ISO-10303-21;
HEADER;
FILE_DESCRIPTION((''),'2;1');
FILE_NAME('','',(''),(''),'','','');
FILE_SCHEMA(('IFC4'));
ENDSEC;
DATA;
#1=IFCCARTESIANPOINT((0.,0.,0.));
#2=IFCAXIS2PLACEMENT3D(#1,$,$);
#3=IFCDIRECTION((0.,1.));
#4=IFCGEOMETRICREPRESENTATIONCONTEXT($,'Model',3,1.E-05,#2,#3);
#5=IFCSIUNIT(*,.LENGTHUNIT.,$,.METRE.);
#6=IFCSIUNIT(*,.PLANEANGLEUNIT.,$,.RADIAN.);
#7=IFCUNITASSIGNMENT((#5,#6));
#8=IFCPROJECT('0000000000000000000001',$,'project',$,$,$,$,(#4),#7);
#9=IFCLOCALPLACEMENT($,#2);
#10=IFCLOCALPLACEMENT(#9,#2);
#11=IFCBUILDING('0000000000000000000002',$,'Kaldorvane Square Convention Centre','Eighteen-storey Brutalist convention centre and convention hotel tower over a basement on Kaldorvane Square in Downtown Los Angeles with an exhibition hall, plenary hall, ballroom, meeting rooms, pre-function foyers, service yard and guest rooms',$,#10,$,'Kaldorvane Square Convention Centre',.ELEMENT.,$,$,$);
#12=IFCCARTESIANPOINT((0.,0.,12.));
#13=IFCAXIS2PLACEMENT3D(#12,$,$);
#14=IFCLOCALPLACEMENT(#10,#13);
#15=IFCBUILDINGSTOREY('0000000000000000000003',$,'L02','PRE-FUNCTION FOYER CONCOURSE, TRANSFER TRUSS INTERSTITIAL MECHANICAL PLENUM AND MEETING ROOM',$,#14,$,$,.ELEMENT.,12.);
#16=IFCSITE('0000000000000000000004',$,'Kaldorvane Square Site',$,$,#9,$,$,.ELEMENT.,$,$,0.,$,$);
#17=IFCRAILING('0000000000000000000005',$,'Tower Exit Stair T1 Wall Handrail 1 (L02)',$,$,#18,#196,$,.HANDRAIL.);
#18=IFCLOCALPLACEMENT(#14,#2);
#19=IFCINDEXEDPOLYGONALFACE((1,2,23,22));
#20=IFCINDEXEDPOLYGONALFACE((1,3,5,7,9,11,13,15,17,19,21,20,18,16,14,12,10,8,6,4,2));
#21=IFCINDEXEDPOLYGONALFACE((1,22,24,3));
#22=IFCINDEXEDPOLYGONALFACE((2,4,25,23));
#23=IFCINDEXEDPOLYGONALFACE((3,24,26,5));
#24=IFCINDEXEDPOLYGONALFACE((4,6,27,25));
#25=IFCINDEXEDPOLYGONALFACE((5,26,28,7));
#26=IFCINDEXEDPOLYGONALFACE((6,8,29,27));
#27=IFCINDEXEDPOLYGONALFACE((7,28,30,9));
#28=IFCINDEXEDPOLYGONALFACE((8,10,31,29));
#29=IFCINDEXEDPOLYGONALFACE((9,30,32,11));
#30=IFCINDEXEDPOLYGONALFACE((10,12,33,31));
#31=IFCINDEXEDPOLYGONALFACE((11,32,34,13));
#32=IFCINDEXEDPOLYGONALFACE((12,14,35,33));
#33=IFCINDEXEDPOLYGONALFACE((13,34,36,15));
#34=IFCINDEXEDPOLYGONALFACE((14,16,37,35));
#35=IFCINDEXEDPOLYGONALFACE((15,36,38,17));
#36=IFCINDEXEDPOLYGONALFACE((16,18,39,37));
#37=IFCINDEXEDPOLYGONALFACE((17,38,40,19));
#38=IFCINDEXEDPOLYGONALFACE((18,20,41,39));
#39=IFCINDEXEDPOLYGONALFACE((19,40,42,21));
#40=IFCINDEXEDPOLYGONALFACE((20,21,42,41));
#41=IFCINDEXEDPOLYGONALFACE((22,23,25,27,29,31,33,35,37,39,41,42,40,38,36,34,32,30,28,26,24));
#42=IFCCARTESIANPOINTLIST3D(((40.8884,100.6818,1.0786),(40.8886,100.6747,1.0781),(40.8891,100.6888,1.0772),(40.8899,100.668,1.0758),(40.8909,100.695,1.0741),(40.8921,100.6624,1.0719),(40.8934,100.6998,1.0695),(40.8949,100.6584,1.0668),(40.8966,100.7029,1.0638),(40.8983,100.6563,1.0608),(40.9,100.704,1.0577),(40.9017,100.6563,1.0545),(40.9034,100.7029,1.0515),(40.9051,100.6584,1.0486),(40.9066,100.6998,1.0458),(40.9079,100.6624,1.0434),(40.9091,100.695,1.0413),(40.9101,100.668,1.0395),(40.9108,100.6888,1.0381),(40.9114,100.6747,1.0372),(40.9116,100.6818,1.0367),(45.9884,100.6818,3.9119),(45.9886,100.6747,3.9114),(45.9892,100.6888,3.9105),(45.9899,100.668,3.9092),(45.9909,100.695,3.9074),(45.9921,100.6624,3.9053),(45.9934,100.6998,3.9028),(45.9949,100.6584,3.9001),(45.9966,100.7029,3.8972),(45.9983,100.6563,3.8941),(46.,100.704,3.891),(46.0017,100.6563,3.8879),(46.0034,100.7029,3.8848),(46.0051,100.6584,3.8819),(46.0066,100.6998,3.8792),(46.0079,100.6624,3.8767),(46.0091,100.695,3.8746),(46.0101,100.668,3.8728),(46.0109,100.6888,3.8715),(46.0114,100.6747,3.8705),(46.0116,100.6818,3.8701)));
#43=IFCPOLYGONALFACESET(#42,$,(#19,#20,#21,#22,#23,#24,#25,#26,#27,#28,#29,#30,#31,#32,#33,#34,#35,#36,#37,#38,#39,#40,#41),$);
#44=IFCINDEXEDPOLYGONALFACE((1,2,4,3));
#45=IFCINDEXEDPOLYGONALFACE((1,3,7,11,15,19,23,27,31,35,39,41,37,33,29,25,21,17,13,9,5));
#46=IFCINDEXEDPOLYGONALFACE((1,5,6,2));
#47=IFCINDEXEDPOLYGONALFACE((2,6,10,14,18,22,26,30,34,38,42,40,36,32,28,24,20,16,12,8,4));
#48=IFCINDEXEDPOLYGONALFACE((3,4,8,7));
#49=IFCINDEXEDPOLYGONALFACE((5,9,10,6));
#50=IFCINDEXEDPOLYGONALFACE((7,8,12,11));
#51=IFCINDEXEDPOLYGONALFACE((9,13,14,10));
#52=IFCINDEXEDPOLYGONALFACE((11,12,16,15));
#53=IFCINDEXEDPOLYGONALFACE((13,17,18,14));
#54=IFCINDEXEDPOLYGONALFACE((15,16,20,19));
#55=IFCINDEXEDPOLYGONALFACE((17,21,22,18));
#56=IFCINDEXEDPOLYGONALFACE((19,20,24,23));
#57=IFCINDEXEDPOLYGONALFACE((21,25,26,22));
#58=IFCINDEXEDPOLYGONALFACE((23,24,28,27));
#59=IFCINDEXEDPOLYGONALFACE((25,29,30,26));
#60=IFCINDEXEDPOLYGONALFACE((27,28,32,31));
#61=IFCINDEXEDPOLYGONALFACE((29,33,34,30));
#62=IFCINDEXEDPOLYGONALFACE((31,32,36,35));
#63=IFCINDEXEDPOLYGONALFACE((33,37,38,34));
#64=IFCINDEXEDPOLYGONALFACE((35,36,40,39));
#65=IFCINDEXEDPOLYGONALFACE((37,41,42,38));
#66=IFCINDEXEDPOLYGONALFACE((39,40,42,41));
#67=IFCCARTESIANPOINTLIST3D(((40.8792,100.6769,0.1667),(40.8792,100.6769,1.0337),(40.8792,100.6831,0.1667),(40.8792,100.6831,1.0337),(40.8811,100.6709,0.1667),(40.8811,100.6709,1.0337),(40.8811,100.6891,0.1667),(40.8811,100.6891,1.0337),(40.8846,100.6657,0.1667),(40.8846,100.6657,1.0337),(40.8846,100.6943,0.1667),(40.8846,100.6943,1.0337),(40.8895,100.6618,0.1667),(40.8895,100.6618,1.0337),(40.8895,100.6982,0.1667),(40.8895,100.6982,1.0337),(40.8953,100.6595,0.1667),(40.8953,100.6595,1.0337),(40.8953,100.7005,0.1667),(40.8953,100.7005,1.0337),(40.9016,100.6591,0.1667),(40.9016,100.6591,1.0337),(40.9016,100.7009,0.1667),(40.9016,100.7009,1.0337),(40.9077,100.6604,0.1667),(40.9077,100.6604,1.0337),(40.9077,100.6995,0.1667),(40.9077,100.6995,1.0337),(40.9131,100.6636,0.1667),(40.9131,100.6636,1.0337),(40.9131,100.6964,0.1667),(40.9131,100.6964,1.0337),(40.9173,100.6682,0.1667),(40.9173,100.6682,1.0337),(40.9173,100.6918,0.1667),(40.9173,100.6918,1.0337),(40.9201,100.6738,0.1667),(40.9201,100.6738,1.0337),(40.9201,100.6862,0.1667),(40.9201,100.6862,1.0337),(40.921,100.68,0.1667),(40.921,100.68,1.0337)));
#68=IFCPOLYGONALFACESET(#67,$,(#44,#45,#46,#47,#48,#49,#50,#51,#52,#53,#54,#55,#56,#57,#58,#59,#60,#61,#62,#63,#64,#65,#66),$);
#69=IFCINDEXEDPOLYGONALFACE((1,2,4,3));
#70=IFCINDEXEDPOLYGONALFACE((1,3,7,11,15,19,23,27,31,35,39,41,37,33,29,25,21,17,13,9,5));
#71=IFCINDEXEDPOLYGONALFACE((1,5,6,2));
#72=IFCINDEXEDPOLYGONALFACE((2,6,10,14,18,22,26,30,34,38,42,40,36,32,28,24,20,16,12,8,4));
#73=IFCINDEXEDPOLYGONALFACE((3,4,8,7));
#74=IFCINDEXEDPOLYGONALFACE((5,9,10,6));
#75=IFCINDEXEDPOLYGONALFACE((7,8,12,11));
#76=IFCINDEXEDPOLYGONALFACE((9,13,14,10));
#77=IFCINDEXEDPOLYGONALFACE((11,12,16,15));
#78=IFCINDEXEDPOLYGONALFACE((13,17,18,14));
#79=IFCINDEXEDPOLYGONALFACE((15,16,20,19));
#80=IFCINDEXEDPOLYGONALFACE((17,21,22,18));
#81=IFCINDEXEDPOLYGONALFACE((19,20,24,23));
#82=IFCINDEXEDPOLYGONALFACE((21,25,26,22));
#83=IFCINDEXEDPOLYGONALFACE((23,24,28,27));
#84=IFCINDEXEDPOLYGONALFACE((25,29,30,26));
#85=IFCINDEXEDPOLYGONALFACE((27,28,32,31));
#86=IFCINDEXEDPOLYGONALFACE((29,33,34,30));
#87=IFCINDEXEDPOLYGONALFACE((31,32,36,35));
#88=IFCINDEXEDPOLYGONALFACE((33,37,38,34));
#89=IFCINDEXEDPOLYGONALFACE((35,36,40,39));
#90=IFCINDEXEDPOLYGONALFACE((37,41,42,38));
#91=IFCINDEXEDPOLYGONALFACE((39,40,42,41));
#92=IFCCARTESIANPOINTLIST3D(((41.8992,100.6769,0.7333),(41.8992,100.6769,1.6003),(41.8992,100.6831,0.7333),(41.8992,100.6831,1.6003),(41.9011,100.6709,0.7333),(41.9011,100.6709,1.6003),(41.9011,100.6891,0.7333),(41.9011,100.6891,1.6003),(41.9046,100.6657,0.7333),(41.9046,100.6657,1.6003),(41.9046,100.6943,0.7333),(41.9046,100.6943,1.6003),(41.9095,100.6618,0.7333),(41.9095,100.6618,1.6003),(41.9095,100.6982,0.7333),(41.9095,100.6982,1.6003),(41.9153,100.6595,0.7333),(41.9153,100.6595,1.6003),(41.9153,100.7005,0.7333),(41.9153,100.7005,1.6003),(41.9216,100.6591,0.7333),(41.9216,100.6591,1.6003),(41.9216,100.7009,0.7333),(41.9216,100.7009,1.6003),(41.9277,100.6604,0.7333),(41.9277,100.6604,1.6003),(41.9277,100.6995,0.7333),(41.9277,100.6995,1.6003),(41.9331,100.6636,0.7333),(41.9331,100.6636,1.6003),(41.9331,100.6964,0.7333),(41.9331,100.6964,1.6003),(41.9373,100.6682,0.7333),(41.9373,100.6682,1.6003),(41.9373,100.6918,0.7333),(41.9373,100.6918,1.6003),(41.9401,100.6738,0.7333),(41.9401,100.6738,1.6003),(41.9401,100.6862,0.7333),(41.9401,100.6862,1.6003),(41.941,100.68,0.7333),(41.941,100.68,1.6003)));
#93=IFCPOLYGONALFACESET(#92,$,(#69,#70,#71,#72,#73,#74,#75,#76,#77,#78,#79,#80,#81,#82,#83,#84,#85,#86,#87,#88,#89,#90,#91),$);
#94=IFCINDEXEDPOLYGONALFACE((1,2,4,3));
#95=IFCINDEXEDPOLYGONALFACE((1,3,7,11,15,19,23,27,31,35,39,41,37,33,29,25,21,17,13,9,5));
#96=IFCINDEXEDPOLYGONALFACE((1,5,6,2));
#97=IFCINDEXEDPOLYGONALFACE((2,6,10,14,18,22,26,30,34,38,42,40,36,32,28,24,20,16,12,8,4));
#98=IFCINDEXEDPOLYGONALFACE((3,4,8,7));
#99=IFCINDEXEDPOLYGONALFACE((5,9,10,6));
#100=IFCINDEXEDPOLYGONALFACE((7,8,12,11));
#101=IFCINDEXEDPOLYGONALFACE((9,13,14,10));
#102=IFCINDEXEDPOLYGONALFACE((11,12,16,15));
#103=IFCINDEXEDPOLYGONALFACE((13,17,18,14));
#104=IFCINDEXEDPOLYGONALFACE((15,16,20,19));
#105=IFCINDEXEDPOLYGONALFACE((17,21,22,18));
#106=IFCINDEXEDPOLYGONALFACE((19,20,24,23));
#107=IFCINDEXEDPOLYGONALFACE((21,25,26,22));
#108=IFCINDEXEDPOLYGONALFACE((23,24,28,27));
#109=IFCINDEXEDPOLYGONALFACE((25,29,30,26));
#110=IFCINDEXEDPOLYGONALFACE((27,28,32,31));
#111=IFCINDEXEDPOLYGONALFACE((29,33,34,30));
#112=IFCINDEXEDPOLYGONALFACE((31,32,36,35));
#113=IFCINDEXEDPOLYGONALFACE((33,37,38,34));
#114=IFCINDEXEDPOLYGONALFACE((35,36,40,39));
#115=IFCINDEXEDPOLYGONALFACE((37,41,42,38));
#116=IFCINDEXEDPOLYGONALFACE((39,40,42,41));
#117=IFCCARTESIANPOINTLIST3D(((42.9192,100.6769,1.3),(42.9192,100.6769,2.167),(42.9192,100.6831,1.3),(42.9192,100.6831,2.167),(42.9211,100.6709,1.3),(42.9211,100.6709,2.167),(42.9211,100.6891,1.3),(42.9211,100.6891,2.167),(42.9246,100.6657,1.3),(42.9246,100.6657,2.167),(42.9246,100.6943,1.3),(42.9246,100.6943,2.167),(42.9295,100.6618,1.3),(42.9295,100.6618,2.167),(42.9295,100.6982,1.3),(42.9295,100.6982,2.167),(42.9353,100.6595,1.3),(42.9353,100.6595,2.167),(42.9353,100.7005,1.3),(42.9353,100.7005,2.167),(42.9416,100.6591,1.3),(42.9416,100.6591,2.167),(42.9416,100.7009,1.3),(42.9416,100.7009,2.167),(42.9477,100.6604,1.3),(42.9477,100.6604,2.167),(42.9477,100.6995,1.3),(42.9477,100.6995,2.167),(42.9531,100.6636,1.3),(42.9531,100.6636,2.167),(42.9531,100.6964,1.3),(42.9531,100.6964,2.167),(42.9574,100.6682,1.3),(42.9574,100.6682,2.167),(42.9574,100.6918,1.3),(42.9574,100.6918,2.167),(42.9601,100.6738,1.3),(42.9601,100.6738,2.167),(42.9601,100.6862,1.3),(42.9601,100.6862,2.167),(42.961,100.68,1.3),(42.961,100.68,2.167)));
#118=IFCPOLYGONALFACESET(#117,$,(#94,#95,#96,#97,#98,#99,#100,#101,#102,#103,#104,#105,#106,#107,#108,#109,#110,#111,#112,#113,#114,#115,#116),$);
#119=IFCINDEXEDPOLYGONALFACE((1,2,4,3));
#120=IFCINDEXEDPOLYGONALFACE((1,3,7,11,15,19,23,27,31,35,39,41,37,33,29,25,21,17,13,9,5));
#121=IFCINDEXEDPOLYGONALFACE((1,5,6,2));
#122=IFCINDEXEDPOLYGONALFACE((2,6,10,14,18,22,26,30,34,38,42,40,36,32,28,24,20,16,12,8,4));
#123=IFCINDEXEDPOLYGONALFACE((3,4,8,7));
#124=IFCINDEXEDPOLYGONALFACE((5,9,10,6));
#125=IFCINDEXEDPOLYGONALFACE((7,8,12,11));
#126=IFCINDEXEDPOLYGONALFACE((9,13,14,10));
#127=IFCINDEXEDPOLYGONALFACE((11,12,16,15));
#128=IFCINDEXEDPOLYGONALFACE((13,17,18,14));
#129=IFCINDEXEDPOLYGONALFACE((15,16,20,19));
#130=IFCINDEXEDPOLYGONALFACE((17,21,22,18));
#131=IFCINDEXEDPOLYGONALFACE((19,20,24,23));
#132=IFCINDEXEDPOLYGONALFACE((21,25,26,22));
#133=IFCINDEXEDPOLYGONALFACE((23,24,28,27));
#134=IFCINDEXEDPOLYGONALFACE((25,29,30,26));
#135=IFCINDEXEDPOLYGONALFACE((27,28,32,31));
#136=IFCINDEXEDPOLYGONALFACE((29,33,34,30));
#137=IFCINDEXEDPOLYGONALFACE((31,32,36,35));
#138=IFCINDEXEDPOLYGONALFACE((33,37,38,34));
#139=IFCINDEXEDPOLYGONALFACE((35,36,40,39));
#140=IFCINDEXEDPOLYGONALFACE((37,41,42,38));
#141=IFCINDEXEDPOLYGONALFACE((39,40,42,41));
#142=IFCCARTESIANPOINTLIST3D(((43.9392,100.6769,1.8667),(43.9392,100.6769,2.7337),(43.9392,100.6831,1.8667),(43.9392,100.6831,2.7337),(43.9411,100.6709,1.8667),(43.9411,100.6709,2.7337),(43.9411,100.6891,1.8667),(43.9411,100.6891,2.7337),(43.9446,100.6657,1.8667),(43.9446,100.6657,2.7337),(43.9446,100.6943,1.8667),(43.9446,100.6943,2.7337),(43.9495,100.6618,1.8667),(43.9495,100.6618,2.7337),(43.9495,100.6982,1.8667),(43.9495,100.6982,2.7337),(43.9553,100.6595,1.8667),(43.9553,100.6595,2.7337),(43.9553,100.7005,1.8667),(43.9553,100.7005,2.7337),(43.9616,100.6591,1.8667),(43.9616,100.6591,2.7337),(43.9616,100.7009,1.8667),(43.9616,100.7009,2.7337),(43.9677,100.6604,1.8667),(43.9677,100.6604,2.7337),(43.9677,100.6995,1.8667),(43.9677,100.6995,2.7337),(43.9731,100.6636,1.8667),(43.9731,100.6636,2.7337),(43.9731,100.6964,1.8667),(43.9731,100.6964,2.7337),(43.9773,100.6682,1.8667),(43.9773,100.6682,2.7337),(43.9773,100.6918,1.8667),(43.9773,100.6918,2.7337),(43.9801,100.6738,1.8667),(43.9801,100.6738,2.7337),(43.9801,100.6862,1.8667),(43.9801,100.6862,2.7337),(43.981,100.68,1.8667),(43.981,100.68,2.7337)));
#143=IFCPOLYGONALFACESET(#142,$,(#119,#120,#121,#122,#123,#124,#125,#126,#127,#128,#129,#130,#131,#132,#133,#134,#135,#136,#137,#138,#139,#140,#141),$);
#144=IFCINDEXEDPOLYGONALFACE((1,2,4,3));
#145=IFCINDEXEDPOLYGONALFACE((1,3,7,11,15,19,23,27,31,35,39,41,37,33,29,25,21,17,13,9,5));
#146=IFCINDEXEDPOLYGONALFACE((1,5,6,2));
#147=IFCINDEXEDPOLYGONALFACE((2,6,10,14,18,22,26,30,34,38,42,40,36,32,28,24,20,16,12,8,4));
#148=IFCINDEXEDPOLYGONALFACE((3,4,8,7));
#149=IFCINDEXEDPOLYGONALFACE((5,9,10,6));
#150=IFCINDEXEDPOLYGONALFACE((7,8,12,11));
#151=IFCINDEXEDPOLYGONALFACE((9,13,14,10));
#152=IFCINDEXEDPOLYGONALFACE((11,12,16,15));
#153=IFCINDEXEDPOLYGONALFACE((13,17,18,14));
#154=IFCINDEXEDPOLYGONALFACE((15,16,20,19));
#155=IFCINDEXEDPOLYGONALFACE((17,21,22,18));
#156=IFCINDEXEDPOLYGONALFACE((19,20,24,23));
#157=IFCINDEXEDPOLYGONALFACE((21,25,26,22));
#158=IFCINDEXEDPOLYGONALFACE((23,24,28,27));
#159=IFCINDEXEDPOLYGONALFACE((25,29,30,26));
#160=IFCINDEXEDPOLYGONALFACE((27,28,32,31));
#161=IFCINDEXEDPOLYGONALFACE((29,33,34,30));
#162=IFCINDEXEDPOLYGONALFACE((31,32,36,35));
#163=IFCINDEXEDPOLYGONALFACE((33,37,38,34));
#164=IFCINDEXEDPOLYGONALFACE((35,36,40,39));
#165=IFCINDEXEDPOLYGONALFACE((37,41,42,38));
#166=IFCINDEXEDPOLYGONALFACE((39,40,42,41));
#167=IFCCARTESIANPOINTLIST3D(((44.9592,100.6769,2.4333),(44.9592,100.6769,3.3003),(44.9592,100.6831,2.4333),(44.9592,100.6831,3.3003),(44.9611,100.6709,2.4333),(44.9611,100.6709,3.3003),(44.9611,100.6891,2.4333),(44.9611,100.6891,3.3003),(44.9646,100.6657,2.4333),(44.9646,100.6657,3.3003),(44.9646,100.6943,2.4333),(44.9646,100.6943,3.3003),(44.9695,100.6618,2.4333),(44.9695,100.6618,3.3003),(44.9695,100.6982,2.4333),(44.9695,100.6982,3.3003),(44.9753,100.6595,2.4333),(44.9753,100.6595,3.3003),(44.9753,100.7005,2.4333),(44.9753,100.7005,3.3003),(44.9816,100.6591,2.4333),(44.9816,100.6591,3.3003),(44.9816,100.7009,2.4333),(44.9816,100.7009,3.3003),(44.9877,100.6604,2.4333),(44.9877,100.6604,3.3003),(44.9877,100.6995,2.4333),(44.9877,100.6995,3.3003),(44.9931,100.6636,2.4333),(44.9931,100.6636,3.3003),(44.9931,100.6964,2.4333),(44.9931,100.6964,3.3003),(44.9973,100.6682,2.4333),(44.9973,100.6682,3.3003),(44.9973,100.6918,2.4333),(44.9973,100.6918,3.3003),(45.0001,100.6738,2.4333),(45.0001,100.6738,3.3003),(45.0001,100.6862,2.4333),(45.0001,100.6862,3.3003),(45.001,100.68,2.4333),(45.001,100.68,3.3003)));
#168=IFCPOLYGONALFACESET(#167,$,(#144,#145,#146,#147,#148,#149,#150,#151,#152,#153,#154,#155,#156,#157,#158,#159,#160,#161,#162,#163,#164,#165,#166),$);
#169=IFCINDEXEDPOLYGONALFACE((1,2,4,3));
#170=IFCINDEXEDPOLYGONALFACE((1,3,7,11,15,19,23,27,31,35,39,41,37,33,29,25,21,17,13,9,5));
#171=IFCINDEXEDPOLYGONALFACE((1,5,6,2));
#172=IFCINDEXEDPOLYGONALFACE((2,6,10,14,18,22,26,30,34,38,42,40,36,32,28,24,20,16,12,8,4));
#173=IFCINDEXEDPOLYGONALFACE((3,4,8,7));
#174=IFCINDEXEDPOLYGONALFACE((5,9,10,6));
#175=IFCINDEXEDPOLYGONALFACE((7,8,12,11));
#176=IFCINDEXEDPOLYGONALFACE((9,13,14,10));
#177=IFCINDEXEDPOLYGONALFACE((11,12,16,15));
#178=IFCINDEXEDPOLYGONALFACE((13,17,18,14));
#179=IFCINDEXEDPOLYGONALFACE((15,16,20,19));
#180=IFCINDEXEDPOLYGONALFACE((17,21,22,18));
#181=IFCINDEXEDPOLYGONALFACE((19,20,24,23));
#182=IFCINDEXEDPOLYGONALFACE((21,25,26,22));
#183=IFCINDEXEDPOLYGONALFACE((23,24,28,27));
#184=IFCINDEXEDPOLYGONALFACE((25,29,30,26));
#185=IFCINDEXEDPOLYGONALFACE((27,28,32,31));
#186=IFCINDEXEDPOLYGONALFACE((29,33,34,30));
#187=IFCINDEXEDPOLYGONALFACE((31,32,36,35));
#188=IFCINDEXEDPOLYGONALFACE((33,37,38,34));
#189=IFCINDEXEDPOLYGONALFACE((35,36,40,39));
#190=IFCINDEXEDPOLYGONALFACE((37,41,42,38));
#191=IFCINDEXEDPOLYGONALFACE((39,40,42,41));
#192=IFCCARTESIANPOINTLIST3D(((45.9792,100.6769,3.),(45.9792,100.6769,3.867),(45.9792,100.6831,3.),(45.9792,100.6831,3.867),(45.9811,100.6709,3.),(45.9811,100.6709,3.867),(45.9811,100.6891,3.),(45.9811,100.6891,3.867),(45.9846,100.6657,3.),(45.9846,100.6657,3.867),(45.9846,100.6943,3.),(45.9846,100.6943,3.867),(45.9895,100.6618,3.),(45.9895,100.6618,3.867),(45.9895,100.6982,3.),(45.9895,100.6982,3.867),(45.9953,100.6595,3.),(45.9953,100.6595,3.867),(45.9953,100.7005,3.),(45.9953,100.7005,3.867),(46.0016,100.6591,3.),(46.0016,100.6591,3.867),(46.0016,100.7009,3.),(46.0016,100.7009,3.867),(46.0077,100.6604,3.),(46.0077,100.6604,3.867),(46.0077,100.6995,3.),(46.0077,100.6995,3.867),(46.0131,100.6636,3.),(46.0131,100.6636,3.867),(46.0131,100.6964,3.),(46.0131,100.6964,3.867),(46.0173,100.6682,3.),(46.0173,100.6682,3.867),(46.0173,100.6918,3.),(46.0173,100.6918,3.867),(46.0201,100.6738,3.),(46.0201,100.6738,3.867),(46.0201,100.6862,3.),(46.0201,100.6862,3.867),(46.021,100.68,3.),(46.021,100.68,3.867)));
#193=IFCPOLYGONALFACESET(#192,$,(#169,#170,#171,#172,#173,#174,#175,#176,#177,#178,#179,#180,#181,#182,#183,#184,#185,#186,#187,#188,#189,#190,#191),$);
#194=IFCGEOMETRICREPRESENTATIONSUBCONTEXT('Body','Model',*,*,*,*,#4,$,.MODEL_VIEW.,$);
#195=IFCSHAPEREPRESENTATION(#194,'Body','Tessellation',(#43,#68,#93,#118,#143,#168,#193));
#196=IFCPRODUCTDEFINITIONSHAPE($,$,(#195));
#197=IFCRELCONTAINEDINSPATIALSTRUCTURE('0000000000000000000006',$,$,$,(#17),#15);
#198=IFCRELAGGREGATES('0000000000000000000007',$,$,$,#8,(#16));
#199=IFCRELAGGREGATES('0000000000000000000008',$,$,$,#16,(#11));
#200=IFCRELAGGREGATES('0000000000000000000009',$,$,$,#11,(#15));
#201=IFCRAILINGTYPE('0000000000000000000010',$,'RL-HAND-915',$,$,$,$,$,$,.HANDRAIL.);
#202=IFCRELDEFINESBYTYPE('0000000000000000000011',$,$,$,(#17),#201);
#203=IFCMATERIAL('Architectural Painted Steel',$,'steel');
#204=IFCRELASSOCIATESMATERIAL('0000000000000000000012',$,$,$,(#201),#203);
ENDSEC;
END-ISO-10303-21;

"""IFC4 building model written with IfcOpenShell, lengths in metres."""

from ifc_helpers import new_model, si_unit, direction, frame, origin, origin_2d, place, context, subcontext, project, spatial, circle, extrude, material, type_object, element, save


model = new_model("IFC4")

# Units and contexts
model_context = context("Model", 3, precision=1e-05, world=origin(), true_north=direction((0.0, 1.0)))
body_context = subcontext(model_context, "Body", "Model", "MODEL_VIEW")
ifc_project = project(units=[si_unit("LENGTHUNIT", "METRE"), si_unit("PLANEANGLEUNIT", "RADIAN")], contexts=[model_context])

# Site, building, storey
site_placement = place(None, origin())
site = spatial("IfcSite", under=ifc_project, at=site_placement, Name="Kaldorvane Square Site", CompositionType="ELEMENT", RefElevation=0.0)
building_placement = place(site_placement, origin())
building = spatial("IfcBuilding", under=site, at=building_placement, Name="Kaldorvane Square Convention Centre", Description="Eighteen-storey Brutalist convention centre and convention hotel tower over a basement on Kaldorvane Square in Downtown Los Angeles with an exhibition hall, plenary hall, ballroom, meeting rooms, pre-function foyers, service yard and guest rooms", LongName="Kaldorvane Square Convention Centre", CompositionType="ELEMENT")
storey_placement = place(building_placement, frame((0.0, 0.0, 12.0)))
storey = spatial("IfcBuildingStorey", under=building, at=storey_placement, Name="L02", Description="PRE-FUNCTION FOYER CONCOURSE, TRANSFER TRUSS INTERSTITIAL MECHANICAL PLENUM AND MEETING ROOM", CompositionType="ELEMENT", Elevation=12.0)

# Railing
ifc_material_1 = material(Name="Architectural Painted Steel", Category="steel")
railing_type_1 = type_object("IfcRailingType", Name="RL-HAND-915", PredefinedType="HANDRAIL", material=ifc_material_1)
railing_1_placement = place(storey_placement, frame((40.9, 100.68, 0.1667)))
element("IfcRailing", 1, at=railing_1_placement, inside=storey, type_object=railing_type_1, Name="Tower Exit Stair T1 Wall Handrail 1 (L02)", PredefinedType="HANDRAIL", context=body_context, shape_type="SweptSolid", body=[
    extrude(circle(Radius=0.024, at=origin_2d()), frame((0.0, 0.0, 0.891), z_axis=(0.874158, 0.0, 0.485642), x_axis=(0.0, 1.0, 0.0)), (0.0, 0.0, 1.0), 5.8342),
    extrude(circle(Radius=0.021, at=origin_2d()), origin(), (0.0, 0.0, 1.0), 0.867),
    extrude(circle(Radius=0.021, at=origin_2d()), frame((1.02, 0.0, 0.5667)), (0.0, 0.0, 1.0), 0.867),
    extrude(circle(Radius=0.021, at=origin_2d()), frame((2.04, 0.0, 1.1333)), (0.0, 0.0, 1.0), 0.867),
    extrude(circle(Radius=0.021, at=origin_2d()), frame((3.06, 0.0, 1.7)), (0.0, 0.0, 1.0), 0.867),
    extrude(circle(Radius=0.021, at=origin_2d()), frame((4.08, 0.0, 2.2667)), (0.0, 0.0, 1.0), 0.867),
    extrude(circle(Radius=0.021, at=origin_2d()), frame((5.1, 0.0, 2.8333)), (0.0, 0.0, 1.0), 0.867),
])

save(model, "model.ifc")
